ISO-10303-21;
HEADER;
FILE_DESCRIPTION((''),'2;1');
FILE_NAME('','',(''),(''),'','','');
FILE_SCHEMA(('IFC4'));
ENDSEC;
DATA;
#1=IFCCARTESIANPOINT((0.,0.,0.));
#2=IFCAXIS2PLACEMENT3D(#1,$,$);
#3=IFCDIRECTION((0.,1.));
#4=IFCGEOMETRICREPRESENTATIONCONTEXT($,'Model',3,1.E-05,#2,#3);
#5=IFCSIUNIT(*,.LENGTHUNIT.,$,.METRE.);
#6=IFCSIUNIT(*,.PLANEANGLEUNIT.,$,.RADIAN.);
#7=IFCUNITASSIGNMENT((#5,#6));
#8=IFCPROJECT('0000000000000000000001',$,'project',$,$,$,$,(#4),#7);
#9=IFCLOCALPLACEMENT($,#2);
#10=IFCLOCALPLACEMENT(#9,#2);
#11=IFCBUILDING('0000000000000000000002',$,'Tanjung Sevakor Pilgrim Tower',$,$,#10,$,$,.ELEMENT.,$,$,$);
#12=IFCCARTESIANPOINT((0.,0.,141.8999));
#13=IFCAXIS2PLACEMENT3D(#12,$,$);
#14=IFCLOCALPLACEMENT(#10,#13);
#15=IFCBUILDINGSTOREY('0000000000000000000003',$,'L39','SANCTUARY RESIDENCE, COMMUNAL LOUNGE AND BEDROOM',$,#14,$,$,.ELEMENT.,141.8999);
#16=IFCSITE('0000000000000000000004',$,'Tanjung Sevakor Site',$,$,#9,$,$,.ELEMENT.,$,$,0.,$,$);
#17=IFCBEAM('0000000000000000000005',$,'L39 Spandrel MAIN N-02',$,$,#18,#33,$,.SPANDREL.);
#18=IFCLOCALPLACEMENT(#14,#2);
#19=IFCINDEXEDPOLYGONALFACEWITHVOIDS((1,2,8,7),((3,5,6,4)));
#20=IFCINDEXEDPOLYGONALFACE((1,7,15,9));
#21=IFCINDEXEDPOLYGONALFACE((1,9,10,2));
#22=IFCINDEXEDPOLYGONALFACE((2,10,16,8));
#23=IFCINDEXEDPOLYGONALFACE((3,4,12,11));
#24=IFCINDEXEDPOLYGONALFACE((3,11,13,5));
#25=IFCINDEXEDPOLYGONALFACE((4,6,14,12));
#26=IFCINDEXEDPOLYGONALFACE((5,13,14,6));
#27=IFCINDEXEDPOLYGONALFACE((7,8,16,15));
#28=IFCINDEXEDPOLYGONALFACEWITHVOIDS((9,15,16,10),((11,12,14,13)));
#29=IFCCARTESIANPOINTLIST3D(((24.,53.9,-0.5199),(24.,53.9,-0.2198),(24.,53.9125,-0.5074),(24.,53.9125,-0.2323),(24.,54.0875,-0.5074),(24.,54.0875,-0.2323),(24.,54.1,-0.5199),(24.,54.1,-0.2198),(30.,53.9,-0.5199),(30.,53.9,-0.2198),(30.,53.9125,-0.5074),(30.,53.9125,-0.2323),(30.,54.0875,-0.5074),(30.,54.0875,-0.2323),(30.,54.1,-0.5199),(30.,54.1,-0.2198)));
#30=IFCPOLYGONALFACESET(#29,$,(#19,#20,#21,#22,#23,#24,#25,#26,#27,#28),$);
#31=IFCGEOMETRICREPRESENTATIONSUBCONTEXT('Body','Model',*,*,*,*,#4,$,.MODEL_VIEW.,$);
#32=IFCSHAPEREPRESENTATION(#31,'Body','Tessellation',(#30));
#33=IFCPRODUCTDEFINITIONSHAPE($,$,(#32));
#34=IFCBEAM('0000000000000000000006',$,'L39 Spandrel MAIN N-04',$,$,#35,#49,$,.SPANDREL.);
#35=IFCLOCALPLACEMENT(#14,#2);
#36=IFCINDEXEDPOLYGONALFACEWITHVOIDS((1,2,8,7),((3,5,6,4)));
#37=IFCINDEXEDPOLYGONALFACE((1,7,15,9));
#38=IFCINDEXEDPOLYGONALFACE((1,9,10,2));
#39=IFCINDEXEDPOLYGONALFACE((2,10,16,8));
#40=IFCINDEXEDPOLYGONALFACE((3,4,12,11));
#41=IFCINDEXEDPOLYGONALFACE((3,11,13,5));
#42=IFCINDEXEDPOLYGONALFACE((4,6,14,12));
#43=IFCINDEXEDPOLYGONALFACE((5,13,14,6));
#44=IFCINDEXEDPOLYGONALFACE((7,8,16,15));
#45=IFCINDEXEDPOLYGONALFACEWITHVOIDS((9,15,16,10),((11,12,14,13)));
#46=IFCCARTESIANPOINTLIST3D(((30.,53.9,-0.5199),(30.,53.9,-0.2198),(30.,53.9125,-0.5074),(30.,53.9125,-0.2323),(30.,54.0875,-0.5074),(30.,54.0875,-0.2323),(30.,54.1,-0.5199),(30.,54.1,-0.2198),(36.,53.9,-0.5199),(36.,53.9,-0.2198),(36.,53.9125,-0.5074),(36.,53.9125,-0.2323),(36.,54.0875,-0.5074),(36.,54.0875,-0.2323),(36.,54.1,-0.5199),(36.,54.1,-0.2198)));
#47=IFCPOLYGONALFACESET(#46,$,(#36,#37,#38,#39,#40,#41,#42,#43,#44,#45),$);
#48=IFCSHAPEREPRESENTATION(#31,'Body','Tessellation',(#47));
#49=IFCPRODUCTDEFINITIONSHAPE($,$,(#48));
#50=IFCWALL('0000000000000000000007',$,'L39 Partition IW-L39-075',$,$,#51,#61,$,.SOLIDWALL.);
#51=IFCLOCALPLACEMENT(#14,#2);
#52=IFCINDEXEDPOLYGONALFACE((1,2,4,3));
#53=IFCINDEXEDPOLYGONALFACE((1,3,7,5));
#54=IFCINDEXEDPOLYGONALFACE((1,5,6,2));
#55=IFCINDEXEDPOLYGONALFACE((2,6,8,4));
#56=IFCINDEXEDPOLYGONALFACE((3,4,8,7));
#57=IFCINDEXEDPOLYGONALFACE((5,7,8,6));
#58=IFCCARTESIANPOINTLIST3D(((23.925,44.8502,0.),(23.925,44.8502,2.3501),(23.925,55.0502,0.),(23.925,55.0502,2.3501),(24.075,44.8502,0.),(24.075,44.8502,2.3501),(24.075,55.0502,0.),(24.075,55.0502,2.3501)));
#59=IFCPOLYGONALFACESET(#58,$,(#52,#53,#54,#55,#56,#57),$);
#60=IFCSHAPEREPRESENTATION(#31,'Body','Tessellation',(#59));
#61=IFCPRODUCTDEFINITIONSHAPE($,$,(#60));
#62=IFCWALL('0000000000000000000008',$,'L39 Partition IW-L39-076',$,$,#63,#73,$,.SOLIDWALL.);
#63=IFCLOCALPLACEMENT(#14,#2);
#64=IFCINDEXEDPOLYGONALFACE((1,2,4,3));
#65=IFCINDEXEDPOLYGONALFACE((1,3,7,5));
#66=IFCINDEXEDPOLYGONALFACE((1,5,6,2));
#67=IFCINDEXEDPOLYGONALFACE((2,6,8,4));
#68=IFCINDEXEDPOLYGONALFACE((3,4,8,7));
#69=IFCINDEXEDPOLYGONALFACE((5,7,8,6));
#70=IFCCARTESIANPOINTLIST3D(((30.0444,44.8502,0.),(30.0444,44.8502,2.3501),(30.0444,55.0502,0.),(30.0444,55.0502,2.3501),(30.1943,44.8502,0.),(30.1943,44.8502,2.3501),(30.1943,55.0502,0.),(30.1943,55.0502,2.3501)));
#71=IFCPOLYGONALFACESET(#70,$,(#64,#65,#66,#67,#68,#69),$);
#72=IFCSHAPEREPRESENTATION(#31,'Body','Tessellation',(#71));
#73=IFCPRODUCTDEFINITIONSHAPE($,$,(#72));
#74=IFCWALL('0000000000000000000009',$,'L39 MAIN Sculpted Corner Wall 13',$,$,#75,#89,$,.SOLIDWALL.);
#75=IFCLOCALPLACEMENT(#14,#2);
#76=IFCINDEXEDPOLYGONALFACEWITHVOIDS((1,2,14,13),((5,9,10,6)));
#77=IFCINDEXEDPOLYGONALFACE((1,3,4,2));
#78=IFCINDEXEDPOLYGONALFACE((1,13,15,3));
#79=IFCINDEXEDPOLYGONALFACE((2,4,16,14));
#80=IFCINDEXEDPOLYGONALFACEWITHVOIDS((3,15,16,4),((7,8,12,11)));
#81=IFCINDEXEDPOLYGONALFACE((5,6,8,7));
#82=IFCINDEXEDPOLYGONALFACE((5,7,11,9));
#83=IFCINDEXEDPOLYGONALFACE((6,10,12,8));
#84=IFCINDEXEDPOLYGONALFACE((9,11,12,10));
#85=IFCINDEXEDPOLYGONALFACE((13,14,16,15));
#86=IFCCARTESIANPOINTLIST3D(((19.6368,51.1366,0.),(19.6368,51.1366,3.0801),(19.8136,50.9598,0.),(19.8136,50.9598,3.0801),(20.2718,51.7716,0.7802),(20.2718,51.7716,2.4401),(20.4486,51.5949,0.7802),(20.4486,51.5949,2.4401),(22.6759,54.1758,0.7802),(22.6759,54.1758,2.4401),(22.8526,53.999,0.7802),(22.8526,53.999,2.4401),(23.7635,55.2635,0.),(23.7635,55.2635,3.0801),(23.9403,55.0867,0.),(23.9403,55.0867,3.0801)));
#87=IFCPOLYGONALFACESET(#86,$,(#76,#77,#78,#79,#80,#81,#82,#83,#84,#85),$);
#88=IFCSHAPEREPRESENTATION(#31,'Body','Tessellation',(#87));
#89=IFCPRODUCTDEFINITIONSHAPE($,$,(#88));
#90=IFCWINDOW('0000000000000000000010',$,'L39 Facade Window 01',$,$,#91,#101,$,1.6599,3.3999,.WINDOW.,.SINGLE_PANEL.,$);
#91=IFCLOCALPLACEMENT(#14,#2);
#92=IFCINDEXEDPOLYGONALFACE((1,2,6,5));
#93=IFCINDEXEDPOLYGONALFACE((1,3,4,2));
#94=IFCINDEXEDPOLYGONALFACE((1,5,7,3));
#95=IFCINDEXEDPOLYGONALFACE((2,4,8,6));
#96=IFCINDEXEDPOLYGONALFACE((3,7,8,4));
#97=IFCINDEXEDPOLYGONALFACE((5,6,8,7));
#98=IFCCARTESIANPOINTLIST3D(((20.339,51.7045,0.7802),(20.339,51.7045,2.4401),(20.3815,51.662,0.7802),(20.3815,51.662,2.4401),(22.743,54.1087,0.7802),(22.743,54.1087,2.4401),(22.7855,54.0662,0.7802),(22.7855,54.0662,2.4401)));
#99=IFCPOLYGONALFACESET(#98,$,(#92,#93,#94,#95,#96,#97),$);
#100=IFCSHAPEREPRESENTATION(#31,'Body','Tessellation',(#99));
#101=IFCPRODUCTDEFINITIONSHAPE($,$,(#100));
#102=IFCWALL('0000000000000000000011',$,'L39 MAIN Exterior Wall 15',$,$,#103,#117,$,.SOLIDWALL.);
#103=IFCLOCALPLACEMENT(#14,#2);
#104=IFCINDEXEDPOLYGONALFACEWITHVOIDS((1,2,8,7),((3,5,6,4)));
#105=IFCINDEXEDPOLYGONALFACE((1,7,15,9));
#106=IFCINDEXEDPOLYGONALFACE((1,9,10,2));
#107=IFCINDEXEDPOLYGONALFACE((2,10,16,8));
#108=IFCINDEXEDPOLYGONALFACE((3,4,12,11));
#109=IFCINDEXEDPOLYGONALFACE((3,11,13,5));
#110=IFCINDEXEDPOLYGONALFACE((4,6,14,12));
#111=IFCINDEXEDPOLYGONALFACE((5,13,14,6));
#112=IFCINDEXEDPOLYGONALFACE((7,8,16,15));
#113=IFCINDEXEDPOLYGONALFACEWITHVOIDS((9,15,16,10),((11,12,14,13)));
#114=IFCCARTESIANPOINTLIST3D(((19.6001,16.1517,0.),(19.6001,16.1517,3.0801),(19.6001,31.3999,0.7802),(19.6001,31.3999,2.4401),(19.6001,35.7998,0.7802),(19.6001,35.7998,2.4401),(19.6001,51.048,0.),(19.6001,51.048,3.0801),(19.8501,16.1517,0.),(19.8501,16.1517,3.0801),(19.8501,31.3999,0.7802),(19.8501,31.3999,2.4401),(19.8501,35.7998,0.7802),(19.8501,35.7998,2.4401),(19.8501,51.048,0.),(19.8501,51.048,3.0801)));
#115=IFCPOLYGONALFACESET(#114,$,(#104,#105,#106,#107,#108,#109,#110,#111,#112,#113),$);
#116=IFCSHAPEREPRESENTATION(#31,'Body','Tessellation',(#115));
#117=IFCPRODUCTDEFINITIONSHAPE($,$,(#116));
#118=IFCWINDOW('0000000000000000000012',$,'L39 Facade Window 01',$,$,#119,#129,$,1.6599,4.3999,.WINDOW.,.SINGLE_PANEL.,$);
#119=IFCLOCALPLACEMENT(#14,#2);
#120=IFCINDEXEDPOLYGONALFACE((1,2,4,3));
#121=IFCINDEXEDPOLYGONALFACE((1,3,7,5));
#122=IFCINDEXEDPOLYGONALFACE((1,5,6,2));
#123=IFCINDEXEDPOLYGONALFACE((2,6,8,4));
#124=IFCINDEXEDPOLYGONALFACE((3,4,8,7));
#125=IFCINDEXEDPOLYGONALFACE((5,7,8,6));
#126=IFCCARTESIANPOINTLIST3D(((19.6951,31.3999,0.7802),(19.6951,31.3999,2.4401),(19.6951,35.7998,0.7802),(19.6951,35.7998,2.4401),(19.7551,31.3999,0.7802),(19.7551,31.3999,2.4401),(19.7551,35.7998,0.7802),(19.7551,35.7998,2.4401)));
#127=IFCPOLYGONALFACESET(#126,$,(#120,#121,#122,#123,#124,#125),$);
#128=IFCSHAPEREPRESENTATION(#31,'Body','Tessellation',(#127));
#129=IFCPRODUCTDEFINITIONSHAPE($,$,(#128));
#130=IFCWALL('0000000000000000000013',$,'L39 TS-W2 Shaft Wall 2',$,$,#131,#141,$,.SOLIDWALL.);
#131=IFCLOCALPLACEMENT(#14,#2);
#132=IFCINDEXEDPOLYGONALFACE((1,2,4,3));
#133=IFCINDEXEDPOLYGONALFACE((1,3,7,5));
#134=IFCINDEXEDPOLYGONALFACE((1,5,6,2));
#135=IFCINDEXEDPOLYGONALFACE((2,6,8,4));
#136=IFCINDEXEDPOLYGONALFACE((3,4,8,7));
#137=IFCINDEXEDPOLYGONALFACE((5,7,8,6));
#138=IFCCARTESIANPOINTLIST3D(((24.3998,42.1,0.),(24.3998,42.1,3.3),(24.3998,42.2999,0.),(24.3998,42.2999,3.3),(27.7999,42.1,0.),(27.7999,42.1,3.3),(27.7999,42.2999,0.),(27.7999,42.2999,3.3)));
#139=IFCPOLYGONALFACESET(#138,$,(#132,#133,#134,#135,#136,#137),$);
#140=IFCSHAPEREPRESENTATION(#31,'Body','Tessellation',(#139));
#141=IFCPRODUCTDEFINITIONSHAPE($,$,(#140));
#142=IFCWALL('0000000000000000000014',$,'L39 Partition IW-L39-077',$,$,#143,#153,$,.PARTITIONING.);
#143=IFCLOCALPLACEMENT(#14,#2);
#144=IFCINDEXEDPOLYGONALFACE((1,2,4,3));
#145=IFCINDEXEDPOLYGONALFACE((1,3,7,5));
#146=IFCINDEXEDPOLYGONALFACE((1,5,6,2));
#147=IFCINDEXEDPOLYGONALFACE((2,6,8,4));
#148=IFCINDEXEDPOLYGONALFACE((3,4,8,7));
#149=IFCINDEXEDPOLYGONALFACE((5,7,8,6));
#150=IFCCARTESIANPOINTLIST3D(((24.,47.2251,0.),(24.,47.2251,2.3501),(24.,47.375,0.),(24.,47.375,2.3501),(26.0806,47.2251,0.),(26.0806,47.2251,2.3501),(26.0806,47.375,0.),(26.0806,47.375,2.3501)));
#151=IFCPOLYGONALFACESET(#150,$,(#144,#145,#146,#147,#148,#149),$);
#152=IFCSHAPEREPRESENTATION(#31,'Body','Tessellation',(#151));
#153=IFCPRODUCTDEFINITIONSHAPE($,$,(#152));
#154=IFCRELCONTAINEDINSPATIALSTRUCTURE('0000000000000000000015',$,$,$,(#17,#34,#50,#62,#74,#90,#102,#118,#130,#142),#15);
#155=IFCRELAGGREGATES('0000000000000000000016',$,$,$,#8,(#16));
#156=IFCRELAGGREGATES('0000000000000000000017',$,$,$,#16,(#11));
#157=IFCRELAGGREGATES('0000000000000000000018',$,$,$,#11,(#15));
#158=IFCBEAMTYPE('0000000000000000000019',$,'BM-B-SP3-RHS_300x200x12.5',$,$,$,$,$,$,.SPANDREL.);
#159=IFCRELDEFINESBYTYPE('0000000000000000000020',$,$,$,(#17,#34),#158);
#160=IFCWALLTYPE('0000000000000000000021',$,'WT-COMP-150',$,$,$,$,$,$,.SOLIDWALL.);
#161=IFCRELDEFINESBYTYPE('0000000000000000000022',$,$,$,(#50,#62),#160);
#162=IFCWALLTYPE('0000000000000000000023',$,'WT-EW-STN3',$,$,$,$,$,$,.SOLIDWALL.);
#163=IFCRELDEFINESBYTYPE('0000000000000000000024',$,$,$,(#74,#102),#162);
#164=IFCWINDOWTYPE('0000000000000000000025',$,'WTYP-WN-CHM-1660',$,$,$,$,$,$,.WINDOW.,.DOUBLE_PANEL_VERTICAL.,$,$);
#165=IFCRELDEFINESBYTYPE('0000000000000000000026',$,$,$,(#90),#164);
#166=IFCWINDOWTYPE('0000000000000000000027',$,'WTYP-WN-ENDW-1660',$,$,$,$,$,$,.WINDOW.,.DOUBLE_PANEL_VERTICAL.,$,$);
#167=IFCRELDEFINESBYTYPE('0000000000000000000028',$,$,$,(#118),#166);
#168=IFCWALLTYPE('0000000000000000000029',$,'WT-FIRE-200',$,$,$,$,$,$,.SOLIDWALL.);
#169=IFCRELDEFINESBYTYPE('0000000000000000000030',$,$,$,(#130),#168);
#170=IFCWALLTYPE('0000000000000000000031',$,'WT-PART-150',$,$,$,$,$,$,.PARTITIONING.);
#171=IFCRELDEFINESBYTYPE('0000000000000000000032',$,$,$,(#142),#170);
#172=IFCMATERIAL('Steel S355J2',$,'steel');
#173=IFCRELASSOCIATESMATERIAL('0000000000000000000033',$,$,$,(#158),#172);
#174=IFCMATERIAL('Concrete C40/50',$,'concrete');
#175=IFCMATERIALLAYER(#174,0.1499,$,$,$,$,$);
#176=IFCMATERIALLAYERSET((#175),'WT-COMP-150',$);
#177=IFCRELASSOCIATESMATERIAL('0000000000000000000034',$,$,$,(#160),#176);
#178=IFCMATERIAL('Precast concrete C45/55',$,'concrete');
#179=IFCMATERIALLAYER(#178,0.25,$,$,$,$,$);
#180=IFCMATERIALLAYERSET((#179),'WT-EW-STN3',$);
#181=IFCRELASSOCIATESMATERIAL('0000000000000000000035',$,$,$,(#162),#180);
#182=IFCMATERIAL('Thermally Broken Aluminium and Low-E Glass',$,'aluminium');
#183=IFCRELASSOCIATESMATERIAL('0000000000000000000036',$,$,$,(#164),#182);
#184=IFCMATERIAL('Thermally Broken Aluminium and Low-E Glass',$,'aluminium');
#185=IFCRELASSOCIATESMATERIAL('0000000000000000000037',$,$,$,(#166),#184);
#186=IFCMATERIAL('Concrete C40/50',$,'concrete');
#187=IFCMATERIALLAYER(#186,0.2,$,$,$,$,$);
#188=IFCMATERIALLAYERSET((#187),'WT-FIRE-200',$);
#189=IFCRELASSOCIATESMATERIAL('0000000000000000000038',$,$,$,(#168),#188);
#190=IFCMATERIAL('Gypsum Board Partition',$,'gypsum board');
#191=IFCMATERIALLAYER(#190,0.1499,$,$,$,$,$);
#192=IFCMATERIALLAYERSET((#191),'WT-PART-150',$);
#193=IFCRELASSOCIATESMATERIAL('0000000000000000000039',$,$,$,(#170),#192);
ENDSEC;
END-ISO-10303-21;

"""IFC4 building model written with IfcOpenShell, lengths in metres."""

from ifc_helpers import new_model, si_unit, direction, frame, frame_2d, origin, origin_2d, place, context, subcontext, project, spatial, rectangle, hollow_rectangle, extrude, material, layer, layer_set, material_profile, profile_set, type_object, element, fill, save


model = new_model("IFC4")

# Units and contexts
model_context = context("Model", 3, precision=1e-05, world=origin(), true_north=direction((0.0, 1.0)))
body_context = subcontext(model_context, "Body", "Model", "MODEL_VIEW")
ifc_project = project(units=[si_unit("LENGTHUNIT", "METRE"), si_unit("PLANEANGLEUNIT", "RADIAN")], contexts=[model_context])

# Site, building, storey
site_placement = place(None, origin())
site = spatial("IfcSite", under=ifc_project, at=site_placement, Name="Tanjung Sevakor Site", CompositionType="ELEMENT", RefElevation=0.0)
building_placement = place(site_placement, origin())
building = spatial("IfcBuilding", under=site, at=building_placement, Name="Tanjung Sevakor Pilgrim Tower", CompositionType="ELEMENT")
storey_placement = place(building_placement, frame((0.0, 0.0, 141.8999)))
storey = spatial("IfcBuildingStorey", under=building, at=storey_placement, Name="L39", Description="SANCTUARY RESIDENCE, COMMUNAL LOUNGE AND BEDROOM", CompositionType="ELEMENT", Elevation=141.8999)

# Beams
ifc_material_1 = material(Name="Steel S355J2", Category="steel")
ifc_material_profile_1 = material_profile(ifc_material_1, hollow_rectangle(XDim=0.2, YDim=0.3, WallThickness=0.0125, at=origin_2d()))
ifc_profile_set_1 = profile_set([ifc_material_profile_1], Name="Steel S355J2")
beam_type_1 = type_object("IfcBeamType", Name="BM-B-SP3-RHS_300x200x12.5", PredefinedType="SPANDREL", material=ifc_profile_set_1)
for number, where, z_axis, x_axis, name in (
    (1, (24.0, 54.0, -0.3699), (1.0, 0.0, 0.0), (0.0, 1.0, 0.0), "L39 Spandrel MAIN N-02"),
    (2, (30.0, 54.0, -0.3699), (1.0, 0.0, 0.0), (0.0, 1.0, 0.0), "L39 Spandrel MAIN N-04"),
):
    element("IfcBeam", number, at=place(storey_placement, frame(where, z_axis=z_axis, x_axis=x_axis)), inside=storey, type_object=beam_type_1, Name=name, PredefinedType="SPANDREL", context=body_context, shape_type="SweptSolid", body=[
        extrude(hollow_rectangle(XDim=0.2, YDim=0.3, WallThickness=0.0125, at=origin_2d()), origin(), (0.0, 0.0, 1.0), 6.0),
    ])

# Walls
ifc_material_2 = material(Name="Concrete C40/50", Category="concrete")
ifc_layer_1 = layer(ifc_material_2, 0.1499)
ifc_layer_set_1 = layer_set([ifc_layer_1], Name="WT-COMP-150")
wall_type_1 = type_object("IfcWallType", Name="WT-COMP-150", PredefinedType="SOLIDWALL", material=ifc_layer_set_1)
for number, where, z_axis, x_axis, name in (
    (3, (24.0, 44.8501, 0.0), (0.0, 0.0, 1.0), (0.0, 1.0, 0.0), "L39 Partition IW-L39-075"),
    (4, (30.1194, 44.8501, 0.0), (0.0, 0.0, 1.0), (0.0, 1.0, 0.0), "L39 Partition IW-L39-076"),
):
    element("IfcWall", number, at=place(storey_placement, frame(where, z_axis=z_axis, x_axis=x_axis)), inside=storey, type_object=wall_type_1, Name=name, PredefinedType="SOLIDWALL", context=body_context, shape_type="SweptSolid", body=[
        extrude(rectangle(XDim=10.2, YDim=0.1499, at=frame_2d((5.1001, 0.0))), origin(), (0.0, 0.0, 1.0), 2.3501),
    ])

# Walls, openings, windows
ifc_material_3 = material(Name="Precast concrete C45/55", Category="concrete")
ifc_layer_2 = layer(ifc_material_3, 0.25)
ifc_layer_set_2 = layer_set([ifc_layer_2], Name="WT-EW-STN3")
wall_type_2 = type_object("IfcWallType", Name="WT-EW-STN3", PredefinedType="SOLIDWALL", material=ifc_layer_set_2)
wall_1_placement = place(storey_placement, frame((23.8518, 55.175, 0.0), z_axis=(0.0, 0.0, 1.0), x_axis=(-0.707086, -0.707128, 0.0)))
wall_1 = element("IfcWall", 5, at=wall_1_placement, inside=storey, type_object=wall_type_2, Name="L39 MAIN Sculpted Corner Wall 13", PredefinedType="SOLIDWALL", context=body_context, shape_type="SweptSolid", body=[
    extrude(rectangle(XDim=5.8362, YDim=0.25, at=frame_2d((2.918, 0.0))), origin(), (0.0, 0.0, 1.0), 3.0801),
])
opening_1_placement = place(wall_1_placement, frame((1.5381, 0.0, 0.78)))
opening_1 = element("IfcOpeningElement", 6, at=opening_1_placement, cuts=wall_1, PredefinedType="OPENING", context=body_context, shape_type="SweptSolid", body=[
    extrude(rectangle(XDim=3.3999, YDim=1.6599, at=frame_2d((1.7, 0.8301))), frame((0.0, 0.135, 0.0), z_axis=(0.0, -1.0, 0.0), x_axis=(1.0, 0.0, 0.0)), (0.0, 0.0, 1.0), 0.27),
])
ifc_material_4 = material(Name="Thermally Broken Aluminium and Low-E Glass", Category="aluminium")
window_type_1 = type_object("IfcWindowType", Name="WTYP-WN-CHM-1660", PartitioningType="DOUBLE_PANEL_VERTICAL", PredefinedType="WINDOW", material=ifc_material_4)
window_1_placement = place(opening_1_placement, origin())
window_1 = element("IfcWindow", 7, at=window_1_placement, inside=storey, type_object=window_type_1, Name="L39 Facade Window 01", OverallHeight=1.6599, OverallWidth=3.3999, PartitioningType="SINGLE_PANEL", PredefinedType="WINDOW", context=body_context, shape_type="SweptSolid", body=[
    extrude(rectangle(XDim=3.3999, YDim=1.6599, at=frame_2d((1.7, 0.8301))), frame((0.0, 0.03, 0.0), z_axis=(0.0, -1.0, 0.0), x_axis=(1.0, 0.0, 0.0)), (0.0, 0.0, 1.0), 0.0601),
])
fill(opening_1, window_1)
wall_2_placement = place(storey_placement, frame((19.7251, 51.0481, 0.0), z_axis=(0.0, 0.0, 1.0), x_axis=(0.0, -1.0, 0.0)))
wall_2 = element("IfcWall", 8, at=wall_2_placement, inside=storey, type_object=wall_type_2, Name="L39 MAIN Exterior Wall 15", PredefinedType="SOLIDWALL", context=body_context, shape_type="SweptSolid", body=[
    extrude(rectangle(XDim=34.8962, YDim=0.25, at=frame_2d((17.4482, 0.0))), origin(), (0.0, 0.0, 1.0), 3.0801),
])
opening_2_placement = place(wall_2_placement, frame((15.2483, 0.0, 0.78)))
opening_2 = element("IfcOpeningElement", 9, at=opening_2_placement, cuts=wall_2, PredefinedType="OPENING", context=body_context, shape_type="SweptSolid", body=[
    extrude(rectangle(XDim=4.3999, YDim=1.6599, at=frame_2d((2.2, 0.8301))), frame((0.0, 0.135, 0.0), z_axis=(0.0, -1.0, 0.0), x_axis=(1.0, 0.0, 0.0)), (0.0, 0.0, 1.0), 0.27),
])
ifc_material_5 = material(Name="Thermally Broken Aluminium and Low-E Glass", Category="aluminium")
window_type_2 = type_object("IfcWindowType", Name="WTYP-WN-ENDW-1660", PartitioningType="DOUBLE_PANEL_VERTICAL", PredefinedType="WINDOW", material=ifc_material_5)
window_2_placement = place(opening_2_placement, origin())
window_2 = element("IfcWindow", 10, at=window_2_placement, inside=storey, type_object=window_type_2, Name="L39 Facade Window 01", OverallHeight=1.6599, OverallWidth=4.3999, PartitioningType="SINGLE_PANEL", PredefinedType="WINDOW", context=body_context, shape_type="SweptSolid", body=[
    extrude(rectangle(XDim=4.3999, YDim=1.6599, at=frame_2d((2.2, 0.8301))), frame((0.0, 0.03, 0.0), z_axis=(0.0, -1.0, 0.0), x_axis=(1.0, 0.0, 0.0)), (0.0, 0.0, 1.0), 0.0601),
])
fill(opening_2, window_2)

# Walls
ifc_material_6 = material(Name="Concrete C40/50", Category="concrete")
ifc_layer_3 = layer(ifc_material_6, 0.2)
ifc_layer_set_3 = layer_set([ifc_layer_3], Name="WT-FIRE-200")
wall_type_3 = type_object("IfcWallType", Name="WT-FIRE-200", PredefinedType="SOLIDWALL", material=ifc_layer_set_3)
wall_3_placement = place(storey_placement, frame((27.8, 42.2, 0.0), z_axis=(0.0, 0.0, 1.0), x_axis=(-1.0, 0.0, 0.0)))
element("IfcWall", 11, at=wall_3_placement, inside=storey, type_object=wall_type_3, Name="L39 TS-W2 Shaft Wall 2", PredefinedType="SOLIDWALL", context=body_context, shape_type="SweptSolid", body=[
    extrude(rectangle(XDim=3.4001, YDim=0.2, at=frame_2d((1.7002, 0.0))), origin(), (0.0, 0.0, 1.0), 3.3),
])
ifc_material_7 = material(Name="Gypsum Board Partition", Category="gypsum board")
ifc_layer_4 = layer(ifc_material_7, 0.1499)
ifc_layer_set_4 = layer_set([ifc_layer_4], Name="WT-PART-150")
wall_type_4 = type_object("IfcWallType", Name="WT-PART-150", PredefinedType="PARTITIONING", material=ifc_layer_set_4)
wall_4_placement = place(storey_placement, frame((24.0, 47.3, 0.0), z_axis=(0.0, 0.0, 1.0), x_axis=(1.0, 0.0, 0.0)))
element("IfcWall", 12, at=wall_4_placement, inside=storey, type_object=wall_type_4, Name="L39 Partition IW-L39-077", PredefinedType="PARTITIONING", context=body_context, shape_type="SweptSolid", body=[
    extrude(rectangle(XDim=2.0806, YDim=0.1499, at=frame_2d((1.0403, 0.0))), origin(), (0.0, 0.0, 1.0), 2.3501),
])

save(model, "model.ifc")
